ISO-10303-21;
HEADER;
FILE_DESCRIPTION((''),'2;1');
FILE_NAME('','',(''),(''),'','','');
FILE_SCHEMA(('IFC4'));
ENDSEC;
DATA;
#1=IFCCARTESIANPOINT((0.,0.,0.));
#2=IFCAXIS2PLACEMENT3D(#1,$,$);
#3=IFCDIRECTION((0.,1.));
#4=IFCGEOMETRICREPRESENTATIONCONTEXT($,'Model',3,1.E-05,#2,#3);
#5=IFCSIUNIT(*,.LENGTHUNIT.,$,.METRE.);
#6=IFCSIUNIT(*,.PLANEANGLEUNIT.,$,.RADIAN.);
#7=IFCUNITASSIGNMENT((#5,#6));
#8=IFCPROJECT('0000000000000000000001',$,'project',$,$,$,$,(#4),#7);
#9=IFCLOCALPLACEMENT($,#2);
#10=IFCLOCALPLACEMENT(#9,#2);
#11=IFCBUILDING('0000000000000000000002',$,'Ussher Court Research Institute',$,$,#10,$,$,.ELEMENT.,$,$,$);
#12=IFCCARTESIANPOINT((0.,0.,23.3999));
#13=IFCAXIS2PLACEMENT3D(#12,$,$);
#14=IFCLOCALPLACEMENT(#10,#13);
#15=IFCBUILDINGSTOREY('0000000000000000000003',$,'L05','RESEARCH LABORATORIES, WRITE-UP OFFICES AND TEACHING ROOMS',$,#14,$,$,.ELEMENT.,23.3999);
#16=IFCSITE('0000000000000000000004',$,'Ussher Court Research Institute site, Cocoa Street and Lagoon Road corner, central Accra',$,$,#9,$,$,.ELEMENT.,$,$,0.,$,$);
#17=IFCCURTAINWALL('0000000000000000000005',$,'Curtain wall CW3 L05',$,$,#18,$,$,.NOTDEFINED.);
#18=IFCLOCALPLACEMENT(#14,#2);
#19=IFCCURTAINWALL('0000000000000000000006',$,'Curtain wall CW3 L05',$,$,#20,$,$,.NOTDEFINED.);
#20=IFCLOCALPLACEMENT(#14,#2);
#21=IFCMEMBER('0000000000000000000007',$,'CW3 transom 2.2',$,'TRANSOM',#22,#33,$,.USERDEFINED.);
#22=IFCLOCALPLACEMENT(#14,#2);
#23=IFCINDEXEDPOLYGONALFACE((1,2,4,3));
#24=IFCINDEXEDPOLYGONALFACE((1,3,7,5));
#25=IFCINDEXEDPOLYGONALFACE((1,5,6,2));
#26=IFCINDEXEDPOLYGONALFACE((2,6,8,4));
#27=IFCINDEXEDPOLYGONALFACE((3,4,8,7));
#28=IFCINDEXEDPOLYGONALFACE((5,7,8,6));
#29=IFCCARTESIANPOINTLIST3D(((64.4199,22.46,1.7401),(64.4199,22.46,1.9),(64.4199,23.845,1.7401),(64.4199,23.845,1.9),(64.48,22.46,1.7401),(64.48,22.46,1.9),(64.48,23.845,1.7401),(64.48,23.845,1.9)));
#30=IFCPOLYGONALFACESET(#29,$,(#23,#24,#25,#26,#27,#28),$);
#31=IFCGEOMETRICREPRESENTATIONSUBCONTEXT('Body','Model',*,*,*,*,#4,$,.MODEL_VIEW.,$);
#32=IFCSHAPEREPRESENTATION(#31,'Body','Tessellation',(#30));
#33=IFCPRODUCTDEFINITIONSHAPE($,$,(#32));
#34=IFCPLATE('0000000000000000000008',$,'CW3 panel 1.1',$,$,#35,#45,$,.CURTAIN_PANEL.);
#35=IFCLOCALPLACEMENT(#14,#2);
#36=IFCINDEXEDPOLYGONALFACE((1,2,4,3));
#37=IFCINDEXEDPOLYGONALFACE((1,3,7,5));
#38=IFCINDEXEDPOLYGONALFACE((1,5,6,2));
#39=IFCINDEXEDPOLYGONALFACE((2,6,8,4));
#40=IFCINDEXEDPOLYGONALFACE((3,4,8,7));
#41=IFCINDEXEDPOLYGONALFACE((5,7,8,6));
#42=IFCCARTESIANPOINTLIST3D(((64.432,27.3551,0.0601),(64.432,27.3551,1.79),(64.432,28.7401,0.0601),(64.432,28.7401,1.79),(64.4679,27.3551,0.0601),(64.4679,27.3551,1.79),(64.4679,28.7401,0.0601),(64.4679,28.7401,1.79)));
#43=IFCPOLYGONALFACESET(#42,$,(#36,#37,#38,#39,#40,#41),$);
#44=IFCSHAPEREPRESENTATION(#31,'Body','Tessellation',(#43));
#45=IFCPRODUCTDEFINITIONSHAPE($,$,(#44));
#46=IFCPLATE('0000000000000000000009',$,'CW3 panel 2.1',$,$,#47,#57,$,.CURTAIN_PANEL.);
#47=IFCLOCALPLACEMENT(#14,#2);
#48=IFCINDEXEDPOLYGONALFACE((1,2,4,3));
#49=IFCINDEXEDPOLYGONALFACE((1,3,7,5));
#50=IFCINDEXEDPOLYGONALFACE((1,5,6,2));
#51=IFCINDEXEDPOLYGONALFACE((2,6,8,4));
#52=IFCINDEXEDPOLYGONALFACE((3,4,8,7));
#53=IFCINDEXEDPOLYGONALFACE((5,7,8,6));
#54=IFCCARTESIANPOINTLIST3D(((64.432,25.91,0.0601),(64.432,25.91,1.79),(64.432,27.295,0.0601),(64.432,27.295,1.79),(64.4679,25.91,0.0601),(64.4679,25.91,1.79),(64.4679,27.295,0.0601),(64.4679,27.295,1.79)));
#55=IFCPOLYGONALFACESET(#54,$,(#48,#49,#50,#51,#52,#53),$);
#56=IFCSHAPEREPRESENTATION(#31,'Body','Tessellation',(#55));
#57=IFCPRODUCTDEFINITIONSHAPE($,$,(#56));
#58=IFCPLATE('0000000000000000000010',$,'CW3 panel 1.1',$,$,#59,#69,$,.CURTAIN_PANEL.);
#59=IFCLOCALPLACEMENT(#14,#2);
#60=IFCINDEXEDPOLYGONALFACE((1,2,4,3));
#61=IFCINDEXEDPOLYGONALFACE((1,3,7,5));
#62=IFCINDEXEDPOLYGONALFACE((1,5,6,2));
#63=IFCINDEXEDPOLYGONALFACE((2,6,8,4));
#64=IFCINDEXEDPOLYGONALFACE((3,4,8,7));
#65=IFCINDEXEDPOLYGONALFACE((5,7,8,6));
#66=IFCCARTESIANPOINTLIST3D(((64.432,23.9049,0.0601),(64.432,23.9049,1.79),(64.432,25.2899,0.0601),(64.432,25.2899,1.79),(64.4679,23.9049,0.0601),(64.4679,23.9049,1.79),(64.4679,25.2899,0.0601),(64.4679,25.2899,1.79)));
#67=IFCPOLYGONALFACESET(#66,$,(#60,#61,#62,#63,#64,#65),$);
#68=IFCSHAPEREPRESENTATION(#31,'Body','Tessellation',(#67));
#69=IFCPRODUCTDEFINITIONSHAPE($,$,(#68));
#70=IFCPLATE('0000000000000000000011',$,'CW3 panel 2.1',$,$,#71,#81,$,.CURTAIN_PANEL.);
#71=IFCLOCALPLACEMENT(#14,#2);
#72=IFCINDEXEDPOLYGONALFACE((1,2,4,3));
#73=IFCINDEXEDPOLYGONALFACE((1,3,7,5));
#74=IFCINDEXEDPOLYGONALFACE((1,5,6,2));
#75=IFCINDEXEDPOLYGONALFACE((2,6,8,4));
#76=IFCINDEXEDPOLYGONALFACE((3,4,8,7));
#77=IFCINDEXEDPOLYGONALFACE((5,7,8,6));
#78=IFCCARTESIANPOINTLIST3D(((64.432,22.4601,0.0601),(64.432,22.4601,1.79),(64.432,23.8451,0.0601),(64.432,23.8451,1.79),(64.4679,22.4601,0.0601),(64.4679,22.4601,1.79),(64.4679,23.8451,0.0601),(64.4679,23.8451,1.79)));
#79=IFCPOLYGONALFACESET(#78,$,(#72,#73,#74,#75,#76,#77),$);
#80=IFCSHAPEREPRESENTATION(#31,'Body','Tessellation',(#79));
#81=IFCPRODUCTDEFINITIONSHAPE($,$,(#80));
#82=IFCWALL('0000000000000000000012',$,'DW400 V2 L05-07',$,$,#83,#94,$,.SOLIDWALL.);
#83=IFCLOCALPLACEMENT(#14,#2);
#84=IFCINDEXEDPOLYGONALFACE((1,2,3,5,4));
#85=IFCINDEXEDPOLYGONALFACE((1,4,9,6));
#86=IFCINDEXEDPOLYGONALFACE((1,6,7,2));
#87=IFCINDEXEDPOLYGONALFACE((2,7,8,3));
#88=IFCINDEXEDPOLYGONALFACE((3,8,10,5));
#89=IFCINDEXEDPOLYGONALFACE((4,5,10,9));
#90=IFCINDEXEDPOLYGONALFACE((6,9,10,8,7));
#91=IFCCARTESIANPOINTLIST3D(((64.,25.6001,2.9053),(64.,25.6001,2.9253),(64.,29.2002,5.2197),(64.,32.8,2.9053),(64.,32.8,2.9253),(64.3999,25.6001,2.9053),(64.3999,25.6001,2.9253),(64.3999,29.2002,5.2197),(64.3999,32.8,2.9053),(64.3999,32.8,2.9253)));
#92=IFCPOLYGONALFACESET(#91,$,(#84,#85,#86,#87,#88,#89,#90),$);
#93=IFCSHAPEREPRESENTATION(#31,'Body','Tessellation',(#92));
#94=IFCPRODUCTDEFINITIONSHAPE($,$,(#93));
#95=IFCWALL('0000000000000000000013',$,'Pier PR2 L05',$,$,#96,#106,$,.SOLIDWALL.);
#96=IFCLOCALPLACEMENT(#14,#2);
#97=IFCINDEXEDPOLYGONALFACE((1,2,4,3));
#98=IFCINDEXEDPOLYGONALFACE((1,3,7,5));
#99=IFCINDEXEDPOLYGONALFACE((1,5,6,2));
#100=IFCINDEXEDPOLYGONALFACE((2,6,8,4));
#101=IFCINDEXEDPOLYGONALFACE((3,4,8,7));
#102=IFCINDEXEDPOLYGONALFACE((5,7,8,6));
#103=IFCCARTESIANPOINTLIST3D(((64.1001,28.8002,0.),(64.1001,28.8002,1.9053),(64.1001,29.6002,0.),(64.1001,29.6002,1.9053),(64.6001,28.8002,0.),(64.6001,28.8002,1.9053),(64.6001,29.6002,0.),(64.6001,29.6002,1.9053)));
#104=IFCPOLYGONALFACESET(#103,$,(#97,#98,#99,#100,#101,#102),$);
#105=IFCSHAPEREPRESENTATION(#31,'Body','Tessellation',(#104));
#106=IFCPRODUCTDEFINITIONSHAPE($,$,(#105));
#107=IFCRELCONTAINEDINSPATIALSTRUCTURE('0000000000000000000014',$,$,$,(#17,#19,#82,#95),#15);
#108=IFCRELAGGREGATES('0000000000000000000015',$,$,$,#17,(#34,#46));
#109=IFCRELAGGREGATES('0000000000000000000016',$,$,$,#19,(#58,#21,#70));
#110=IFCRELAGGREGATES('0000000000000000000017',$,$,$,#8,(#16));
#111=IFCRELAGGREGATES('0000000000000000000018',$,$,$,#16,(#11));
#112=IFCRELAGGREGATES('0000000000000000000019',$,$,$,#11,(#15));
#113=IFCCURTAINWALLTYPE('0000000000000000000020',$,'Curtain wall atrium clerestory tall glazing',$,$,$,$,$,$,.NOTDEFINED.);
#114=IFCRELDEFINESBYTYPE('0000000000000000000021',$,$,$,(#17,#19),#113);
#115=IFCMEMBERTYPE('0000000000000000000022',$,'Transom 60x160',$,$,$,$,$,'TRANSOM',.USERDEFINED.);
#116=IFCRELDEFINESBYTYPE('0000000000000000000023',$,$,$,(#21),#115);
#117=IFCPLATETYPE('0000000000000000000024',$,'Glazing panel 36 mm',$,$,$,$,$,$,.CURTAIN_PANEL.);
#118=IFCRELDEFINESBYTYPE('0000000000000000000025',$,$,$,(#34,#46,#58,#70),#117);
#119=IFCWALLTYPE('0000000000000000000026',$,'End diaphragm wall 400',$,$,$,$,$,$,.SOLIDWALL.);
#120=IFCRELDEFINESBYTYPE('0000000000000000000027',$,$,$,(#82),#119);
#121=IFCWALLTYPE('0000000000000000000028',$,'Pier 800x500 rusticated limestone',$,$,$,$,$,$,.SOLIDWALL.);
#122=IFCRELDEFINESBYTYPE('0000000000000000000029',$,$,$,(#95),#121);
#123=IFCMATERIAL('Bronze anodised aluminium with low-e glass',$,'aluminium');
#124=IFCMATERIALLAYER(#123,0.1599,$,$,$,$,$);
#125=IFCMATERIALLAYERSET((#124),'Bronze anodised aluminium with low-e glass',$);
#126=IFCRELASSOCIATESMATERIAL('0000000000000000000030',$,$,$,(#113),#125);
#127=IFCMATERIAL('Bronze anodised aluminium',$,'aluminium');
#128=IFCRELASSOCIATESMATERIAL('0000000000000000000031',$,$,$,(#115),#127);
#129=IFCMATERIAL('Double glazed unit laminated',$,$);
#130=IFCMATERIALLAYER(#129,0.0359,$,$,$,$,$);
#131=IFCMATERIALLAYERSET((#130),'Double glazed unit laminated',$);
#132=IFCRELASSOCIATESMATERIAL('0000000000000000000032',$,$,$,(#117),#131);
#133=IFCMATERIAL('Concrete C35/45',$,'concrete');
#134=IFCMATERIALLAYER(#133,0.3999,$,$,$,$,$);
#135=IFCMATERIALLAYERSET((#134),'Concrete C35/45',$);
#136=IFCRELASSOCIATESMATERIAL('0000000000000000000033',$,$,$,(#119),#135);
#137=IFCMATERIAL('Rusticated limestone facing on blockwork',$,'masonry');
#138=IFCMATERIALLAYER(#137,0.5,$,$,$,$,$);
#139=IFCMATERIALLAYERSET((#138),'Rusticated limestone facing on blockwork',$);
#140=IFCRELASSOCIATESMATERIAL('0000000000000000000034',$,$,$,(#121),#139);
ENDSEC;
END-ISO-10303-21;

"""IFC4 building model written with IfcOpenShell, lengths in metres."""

from ifc_helpers import new_model, si_unit, direction, frame, frame_2d, origin, origin_2d, place, context, subcontext, project, spatial, polyline, rectangle, outline, extrude, material, layer, layer_set, material_profile, profile_set, type_object, element, aggregate, save


model = new_model("IFC4")

# Units and contexts
model_context = context("Model", 3, precision=1e-05, world=origin(), true_north=direction((0.0, 1.0)))
body_context = subcontext(model_context, "Body", "Model", "MODEL_VIEW")
ifc_project = project(units=[si_unit("LENGTHUNIT", "METRE"), si_unit("PLANEANGLEUNIT", "RADIAN")], contexts=[model_context])

# Site, building, storey
site_placement = place(None, origin())
site = spatial("IfcSite", under=ifc_project, at=site_placement, Name="Ussher Court Research Institute site, Cocoa Street and Lagoon Road corner, central Accra", CompositionType="ELEMENT", RefElevation=0.0)
building_placement = place(site_placement, origin())
building = spatial("IfcBuilding", under=site, at=building_placement, Name="Ussher Court Research Institute", CompositionType="ELEMENT")
storey_placement = place(building_placement, frame((0.0, 0.0, 23.3999)))
storey = spatial("IfcBuildingStorey", under=building, at=storey_placement, Name="L05", Description="RESEARCH LABORATORIES, WRITE-UP OFFICES AND TEACHING ROOMS", CompositionType="ELEMENT", Elevation=23.3999)

# Curtain walls
ifc_material_1 = material(Name="Bronze anodised aluminium with low-e glass", Category="aluminium")
ifc_layer_1 = layer(ifc_material_1, 0.1599)
ifc_layer_set_1 = layer_set([ifc_layer_1], Name="Bronze anodised aluminium with low-e glass")
curtain_wall_type = type_object("IfcCurtainWallType", Name="Curtain wall atrium clerestory tall glazing", PredefinedType="NOTDEFINED", material=ifc_layer_set_1)
curtain_wall_1_placement = place(storey_placement, origin())
curtain_wall_1 = element("IfcCurtainWall", 1, at=curtain_wall_1_placement, inside=storey, type_object=curtain_wall_type, Name="Curtain wall CW3 L05", PredefinedType="NOTDEFINED")
curtain_wall_2_placement = place(storey_placement, origin())
curtain_wall_2 = element("IfcCurtainWall", 2, at=curtain_wall_2_placement, inside=storey, type_object=curtain_wall_type, Name="Curtain wall CW3 L05", PredefinedType="NOTDEFINED")

# Member
ifc_material_2 = material(Name="Bronze anodised aluminium", Category="aluminium")
ifc_material_profile_1 = material_profile(ifc_material_2, rectangle(XDim=0.0601, YDim=0.1599, at=origin_2d()), Name="Transom 60x160")
ifc_profile_set_1 = profile_set([ifc_material_profile_1], Name="Bronze anodised aluminium")
member_type_1 = type_object("IfcMemberType", Name="Transom 60x160", ElementType="TRANSOM", PredefinedType="USERDEFINED", material=ifc_profile_set_1)
member_1_placement = place(storey_placement, frame((64.45, 23.845, 1.8201), z_axis=(0.0, -1.0, 0.0), x_axis=(1.0, 0.0, 0.0)))
member_1 = element("IfcMember", 3, at=member_1_placement, type_object=member_type_1, Name="CW3 transom 2.2", ObjectType="TRANSOM", PredefinedType="USERDEFINED", context=body_context, shape_type="SweptSolid", body=[
    extrude(rectangle(XDim=0.0601, YDim=0.1599, at=origin_2d()), origin(), (0.0, 0.0, 1.0), 1.385),
])

# Plates
ifc_material_3 = material(Name="Double glazed unit laminated")
ifc_layer_2 = layer(ifc_material_3, 0.0359)
ifc_layer_set_2 = layer_set([ifc_layer_2], Name="Double glazed unit laminated")
plate_type = type_object("IfcPlateType", Name="Glazing panel 36 mm", PredefinedType="CURTAIN_PANEL", material=ifc_layer_set_2)
plate_1_placement = place(storey_placement, frame((64.45, 28.0476, 0.0601), z_axis=(0.0, 0.0, 1.0), x_axis=(0.0, -1.0, 0.0)))
plate_1 = element("IfcPlate", 4, at=plate_1_placement, type_object=plate_type, Name="CW3 panel 1.1", PredefinedType="CURTAIN_PANEL", context=body_context, shape_type="SweptSolid", body=[
    extrude(rectangle(XDim=1.385, YDim=0.0359, at=origin_2d()), origin(), (0.0, 0.0, 1.0), 1.73),
])
plate_2_placement = place(storey_placement, frame((64.45, 26.6025, 0.0601), z_axis=(0.0, 0.0, 1.0), x_axis=(0.0, -1.0, 0.0)))
plate_2 = element("IfcPlate", 5, at=plate_2_placement, type_object=plate_type, Name="CW3 panel 2.1", PredefinedType="CURTAIN_PANEL", context=body_context, shape_type="SweptSolid", body=[
    extrude(rectangle(XDim=1.385, YDim=0.0359, at=origin_2d()), origin(), (0.0, 0.0, 1.0), 1.73),
])
aggregate(curtain_wall_1, [plate_1, plate_2])
plate_3_placement = place(storey_placement, frame((64.45, 24.5974, 0.0601), z_axis=(0.0, 0.0, 1.0), x_axis=(0.0, -1.0, 0.0)))
plate_3 = element("IfcPlate", 6, at=plate_3_placement, type_object=plate_type, Name="CW3 panel 1.1", PredefinedType="CURTAIN_PANEL", context=body_context, shape_type="SweptSolid", body=[
    extrude(rectangle(XDim=1.385, YDim=0.0359, at=origin_2d()), origin(), (0.0, 0.0, 1.0), 1.73),
])
plate_4_placement = place(storey_placement, frame((64.45, 23.1526, 0.0601), z_axis=(0.0, 0.0, 1.0), x_axis=(0.0, -1.0, 0.0)))
plate_4 = element("IfcPlate", 7, at=plate_4_placement, type_object=plate_type, Name="CW3 panel 2.1", PredefinedType="CURTAIN_PANEL", context=body_context, shape_type="SweptSolid", body=[
    extrude(rectangle(XDim=1.385, YDim=0.0359, at=origin_2d()), origin(), (0.0, 0.0, 1.0), 1.73),
])
aggregate(curtain_wall_2, [plate_3, member_1, plate_4])

# Walls
ifc_material_4 = material(Name="Concrete C35/45", Category="concrete")
ifc_layer_3 = layer(ifc_material_4, 0.3999)
ifc_layer_set_3 = layer_set([ifc_layer_3], Name="Concrete C35/45")
wall_type_1 = type_object("IfcWallType", Name="End diaphragm wall 400", PredefinedType="SOLIDWALL", material=ifc_layer_set_3)
wall_1_placement = place(storey_placement, frame((64.2, 25.6001, 2.9053), z_axis=(0.0, 0.0, 1.0), x_axis=(0.0, 1.0, 0.0)))
element("IfcWall", 8, at=wall_1_placement, inside=storey, type_object=wall_type_1, Name="DW400 V2 L05-07", PredefinedType="SOLIDWALL", context=body_context, shape_type="SweptSolid", body=[
    extrude(outline(polyline([(0.0, 0.0), (7.2, 0.0), (7.2, 0.02), (3.6001, 2.3145), (0.0, 0.02), (0.0, 0.0)])), frame((0.0, 0.2, 0.0), z_axis=(0.0, -1.0, 0.0), x_axis=(1.0, 0.0, 0.0)), (0.0, 0.0, 1.0), 0.3999),
])
ifc_material_5 = material(Name="Rusticated limestone facing on blockwork", Category="masonry")
ifc_layer_4 = layer(ifc_material_5, 0.5)
ifc_layer_set_4 = layer_set([ifc_layer_4], Name="Rusticated limestone facing on blockwork")
wall_type_2 = type_object("IfcWallType", Name="Pier 800x500 rusticated limestone", PredefinedType="SOLIDWALL", material=ifc_layer_set_4)
wall_2_placement = place(storey_placement, frame((64.3501, 29.6001, 0.0), z_axis=(0.0, 0.0, 1.0), x_axis=(0.0, -1.0, 0.0)))
element("IfcWall", 9, at=wall_2_placement, inside=storey, type_object=wall_type_2, Name="Pier PR2 L05", PredefinedType="SOLIDWALL", context=body_context, shape_type="SweptSolid", body=[
    extrude(rectangle(XDim=0.8, YDim=0.5, at=frame_2d((0.3999, 0.0))), origin(), (0.0, 0.0, 1.0), 1.9053),
])

save(model, "model.ifc")
